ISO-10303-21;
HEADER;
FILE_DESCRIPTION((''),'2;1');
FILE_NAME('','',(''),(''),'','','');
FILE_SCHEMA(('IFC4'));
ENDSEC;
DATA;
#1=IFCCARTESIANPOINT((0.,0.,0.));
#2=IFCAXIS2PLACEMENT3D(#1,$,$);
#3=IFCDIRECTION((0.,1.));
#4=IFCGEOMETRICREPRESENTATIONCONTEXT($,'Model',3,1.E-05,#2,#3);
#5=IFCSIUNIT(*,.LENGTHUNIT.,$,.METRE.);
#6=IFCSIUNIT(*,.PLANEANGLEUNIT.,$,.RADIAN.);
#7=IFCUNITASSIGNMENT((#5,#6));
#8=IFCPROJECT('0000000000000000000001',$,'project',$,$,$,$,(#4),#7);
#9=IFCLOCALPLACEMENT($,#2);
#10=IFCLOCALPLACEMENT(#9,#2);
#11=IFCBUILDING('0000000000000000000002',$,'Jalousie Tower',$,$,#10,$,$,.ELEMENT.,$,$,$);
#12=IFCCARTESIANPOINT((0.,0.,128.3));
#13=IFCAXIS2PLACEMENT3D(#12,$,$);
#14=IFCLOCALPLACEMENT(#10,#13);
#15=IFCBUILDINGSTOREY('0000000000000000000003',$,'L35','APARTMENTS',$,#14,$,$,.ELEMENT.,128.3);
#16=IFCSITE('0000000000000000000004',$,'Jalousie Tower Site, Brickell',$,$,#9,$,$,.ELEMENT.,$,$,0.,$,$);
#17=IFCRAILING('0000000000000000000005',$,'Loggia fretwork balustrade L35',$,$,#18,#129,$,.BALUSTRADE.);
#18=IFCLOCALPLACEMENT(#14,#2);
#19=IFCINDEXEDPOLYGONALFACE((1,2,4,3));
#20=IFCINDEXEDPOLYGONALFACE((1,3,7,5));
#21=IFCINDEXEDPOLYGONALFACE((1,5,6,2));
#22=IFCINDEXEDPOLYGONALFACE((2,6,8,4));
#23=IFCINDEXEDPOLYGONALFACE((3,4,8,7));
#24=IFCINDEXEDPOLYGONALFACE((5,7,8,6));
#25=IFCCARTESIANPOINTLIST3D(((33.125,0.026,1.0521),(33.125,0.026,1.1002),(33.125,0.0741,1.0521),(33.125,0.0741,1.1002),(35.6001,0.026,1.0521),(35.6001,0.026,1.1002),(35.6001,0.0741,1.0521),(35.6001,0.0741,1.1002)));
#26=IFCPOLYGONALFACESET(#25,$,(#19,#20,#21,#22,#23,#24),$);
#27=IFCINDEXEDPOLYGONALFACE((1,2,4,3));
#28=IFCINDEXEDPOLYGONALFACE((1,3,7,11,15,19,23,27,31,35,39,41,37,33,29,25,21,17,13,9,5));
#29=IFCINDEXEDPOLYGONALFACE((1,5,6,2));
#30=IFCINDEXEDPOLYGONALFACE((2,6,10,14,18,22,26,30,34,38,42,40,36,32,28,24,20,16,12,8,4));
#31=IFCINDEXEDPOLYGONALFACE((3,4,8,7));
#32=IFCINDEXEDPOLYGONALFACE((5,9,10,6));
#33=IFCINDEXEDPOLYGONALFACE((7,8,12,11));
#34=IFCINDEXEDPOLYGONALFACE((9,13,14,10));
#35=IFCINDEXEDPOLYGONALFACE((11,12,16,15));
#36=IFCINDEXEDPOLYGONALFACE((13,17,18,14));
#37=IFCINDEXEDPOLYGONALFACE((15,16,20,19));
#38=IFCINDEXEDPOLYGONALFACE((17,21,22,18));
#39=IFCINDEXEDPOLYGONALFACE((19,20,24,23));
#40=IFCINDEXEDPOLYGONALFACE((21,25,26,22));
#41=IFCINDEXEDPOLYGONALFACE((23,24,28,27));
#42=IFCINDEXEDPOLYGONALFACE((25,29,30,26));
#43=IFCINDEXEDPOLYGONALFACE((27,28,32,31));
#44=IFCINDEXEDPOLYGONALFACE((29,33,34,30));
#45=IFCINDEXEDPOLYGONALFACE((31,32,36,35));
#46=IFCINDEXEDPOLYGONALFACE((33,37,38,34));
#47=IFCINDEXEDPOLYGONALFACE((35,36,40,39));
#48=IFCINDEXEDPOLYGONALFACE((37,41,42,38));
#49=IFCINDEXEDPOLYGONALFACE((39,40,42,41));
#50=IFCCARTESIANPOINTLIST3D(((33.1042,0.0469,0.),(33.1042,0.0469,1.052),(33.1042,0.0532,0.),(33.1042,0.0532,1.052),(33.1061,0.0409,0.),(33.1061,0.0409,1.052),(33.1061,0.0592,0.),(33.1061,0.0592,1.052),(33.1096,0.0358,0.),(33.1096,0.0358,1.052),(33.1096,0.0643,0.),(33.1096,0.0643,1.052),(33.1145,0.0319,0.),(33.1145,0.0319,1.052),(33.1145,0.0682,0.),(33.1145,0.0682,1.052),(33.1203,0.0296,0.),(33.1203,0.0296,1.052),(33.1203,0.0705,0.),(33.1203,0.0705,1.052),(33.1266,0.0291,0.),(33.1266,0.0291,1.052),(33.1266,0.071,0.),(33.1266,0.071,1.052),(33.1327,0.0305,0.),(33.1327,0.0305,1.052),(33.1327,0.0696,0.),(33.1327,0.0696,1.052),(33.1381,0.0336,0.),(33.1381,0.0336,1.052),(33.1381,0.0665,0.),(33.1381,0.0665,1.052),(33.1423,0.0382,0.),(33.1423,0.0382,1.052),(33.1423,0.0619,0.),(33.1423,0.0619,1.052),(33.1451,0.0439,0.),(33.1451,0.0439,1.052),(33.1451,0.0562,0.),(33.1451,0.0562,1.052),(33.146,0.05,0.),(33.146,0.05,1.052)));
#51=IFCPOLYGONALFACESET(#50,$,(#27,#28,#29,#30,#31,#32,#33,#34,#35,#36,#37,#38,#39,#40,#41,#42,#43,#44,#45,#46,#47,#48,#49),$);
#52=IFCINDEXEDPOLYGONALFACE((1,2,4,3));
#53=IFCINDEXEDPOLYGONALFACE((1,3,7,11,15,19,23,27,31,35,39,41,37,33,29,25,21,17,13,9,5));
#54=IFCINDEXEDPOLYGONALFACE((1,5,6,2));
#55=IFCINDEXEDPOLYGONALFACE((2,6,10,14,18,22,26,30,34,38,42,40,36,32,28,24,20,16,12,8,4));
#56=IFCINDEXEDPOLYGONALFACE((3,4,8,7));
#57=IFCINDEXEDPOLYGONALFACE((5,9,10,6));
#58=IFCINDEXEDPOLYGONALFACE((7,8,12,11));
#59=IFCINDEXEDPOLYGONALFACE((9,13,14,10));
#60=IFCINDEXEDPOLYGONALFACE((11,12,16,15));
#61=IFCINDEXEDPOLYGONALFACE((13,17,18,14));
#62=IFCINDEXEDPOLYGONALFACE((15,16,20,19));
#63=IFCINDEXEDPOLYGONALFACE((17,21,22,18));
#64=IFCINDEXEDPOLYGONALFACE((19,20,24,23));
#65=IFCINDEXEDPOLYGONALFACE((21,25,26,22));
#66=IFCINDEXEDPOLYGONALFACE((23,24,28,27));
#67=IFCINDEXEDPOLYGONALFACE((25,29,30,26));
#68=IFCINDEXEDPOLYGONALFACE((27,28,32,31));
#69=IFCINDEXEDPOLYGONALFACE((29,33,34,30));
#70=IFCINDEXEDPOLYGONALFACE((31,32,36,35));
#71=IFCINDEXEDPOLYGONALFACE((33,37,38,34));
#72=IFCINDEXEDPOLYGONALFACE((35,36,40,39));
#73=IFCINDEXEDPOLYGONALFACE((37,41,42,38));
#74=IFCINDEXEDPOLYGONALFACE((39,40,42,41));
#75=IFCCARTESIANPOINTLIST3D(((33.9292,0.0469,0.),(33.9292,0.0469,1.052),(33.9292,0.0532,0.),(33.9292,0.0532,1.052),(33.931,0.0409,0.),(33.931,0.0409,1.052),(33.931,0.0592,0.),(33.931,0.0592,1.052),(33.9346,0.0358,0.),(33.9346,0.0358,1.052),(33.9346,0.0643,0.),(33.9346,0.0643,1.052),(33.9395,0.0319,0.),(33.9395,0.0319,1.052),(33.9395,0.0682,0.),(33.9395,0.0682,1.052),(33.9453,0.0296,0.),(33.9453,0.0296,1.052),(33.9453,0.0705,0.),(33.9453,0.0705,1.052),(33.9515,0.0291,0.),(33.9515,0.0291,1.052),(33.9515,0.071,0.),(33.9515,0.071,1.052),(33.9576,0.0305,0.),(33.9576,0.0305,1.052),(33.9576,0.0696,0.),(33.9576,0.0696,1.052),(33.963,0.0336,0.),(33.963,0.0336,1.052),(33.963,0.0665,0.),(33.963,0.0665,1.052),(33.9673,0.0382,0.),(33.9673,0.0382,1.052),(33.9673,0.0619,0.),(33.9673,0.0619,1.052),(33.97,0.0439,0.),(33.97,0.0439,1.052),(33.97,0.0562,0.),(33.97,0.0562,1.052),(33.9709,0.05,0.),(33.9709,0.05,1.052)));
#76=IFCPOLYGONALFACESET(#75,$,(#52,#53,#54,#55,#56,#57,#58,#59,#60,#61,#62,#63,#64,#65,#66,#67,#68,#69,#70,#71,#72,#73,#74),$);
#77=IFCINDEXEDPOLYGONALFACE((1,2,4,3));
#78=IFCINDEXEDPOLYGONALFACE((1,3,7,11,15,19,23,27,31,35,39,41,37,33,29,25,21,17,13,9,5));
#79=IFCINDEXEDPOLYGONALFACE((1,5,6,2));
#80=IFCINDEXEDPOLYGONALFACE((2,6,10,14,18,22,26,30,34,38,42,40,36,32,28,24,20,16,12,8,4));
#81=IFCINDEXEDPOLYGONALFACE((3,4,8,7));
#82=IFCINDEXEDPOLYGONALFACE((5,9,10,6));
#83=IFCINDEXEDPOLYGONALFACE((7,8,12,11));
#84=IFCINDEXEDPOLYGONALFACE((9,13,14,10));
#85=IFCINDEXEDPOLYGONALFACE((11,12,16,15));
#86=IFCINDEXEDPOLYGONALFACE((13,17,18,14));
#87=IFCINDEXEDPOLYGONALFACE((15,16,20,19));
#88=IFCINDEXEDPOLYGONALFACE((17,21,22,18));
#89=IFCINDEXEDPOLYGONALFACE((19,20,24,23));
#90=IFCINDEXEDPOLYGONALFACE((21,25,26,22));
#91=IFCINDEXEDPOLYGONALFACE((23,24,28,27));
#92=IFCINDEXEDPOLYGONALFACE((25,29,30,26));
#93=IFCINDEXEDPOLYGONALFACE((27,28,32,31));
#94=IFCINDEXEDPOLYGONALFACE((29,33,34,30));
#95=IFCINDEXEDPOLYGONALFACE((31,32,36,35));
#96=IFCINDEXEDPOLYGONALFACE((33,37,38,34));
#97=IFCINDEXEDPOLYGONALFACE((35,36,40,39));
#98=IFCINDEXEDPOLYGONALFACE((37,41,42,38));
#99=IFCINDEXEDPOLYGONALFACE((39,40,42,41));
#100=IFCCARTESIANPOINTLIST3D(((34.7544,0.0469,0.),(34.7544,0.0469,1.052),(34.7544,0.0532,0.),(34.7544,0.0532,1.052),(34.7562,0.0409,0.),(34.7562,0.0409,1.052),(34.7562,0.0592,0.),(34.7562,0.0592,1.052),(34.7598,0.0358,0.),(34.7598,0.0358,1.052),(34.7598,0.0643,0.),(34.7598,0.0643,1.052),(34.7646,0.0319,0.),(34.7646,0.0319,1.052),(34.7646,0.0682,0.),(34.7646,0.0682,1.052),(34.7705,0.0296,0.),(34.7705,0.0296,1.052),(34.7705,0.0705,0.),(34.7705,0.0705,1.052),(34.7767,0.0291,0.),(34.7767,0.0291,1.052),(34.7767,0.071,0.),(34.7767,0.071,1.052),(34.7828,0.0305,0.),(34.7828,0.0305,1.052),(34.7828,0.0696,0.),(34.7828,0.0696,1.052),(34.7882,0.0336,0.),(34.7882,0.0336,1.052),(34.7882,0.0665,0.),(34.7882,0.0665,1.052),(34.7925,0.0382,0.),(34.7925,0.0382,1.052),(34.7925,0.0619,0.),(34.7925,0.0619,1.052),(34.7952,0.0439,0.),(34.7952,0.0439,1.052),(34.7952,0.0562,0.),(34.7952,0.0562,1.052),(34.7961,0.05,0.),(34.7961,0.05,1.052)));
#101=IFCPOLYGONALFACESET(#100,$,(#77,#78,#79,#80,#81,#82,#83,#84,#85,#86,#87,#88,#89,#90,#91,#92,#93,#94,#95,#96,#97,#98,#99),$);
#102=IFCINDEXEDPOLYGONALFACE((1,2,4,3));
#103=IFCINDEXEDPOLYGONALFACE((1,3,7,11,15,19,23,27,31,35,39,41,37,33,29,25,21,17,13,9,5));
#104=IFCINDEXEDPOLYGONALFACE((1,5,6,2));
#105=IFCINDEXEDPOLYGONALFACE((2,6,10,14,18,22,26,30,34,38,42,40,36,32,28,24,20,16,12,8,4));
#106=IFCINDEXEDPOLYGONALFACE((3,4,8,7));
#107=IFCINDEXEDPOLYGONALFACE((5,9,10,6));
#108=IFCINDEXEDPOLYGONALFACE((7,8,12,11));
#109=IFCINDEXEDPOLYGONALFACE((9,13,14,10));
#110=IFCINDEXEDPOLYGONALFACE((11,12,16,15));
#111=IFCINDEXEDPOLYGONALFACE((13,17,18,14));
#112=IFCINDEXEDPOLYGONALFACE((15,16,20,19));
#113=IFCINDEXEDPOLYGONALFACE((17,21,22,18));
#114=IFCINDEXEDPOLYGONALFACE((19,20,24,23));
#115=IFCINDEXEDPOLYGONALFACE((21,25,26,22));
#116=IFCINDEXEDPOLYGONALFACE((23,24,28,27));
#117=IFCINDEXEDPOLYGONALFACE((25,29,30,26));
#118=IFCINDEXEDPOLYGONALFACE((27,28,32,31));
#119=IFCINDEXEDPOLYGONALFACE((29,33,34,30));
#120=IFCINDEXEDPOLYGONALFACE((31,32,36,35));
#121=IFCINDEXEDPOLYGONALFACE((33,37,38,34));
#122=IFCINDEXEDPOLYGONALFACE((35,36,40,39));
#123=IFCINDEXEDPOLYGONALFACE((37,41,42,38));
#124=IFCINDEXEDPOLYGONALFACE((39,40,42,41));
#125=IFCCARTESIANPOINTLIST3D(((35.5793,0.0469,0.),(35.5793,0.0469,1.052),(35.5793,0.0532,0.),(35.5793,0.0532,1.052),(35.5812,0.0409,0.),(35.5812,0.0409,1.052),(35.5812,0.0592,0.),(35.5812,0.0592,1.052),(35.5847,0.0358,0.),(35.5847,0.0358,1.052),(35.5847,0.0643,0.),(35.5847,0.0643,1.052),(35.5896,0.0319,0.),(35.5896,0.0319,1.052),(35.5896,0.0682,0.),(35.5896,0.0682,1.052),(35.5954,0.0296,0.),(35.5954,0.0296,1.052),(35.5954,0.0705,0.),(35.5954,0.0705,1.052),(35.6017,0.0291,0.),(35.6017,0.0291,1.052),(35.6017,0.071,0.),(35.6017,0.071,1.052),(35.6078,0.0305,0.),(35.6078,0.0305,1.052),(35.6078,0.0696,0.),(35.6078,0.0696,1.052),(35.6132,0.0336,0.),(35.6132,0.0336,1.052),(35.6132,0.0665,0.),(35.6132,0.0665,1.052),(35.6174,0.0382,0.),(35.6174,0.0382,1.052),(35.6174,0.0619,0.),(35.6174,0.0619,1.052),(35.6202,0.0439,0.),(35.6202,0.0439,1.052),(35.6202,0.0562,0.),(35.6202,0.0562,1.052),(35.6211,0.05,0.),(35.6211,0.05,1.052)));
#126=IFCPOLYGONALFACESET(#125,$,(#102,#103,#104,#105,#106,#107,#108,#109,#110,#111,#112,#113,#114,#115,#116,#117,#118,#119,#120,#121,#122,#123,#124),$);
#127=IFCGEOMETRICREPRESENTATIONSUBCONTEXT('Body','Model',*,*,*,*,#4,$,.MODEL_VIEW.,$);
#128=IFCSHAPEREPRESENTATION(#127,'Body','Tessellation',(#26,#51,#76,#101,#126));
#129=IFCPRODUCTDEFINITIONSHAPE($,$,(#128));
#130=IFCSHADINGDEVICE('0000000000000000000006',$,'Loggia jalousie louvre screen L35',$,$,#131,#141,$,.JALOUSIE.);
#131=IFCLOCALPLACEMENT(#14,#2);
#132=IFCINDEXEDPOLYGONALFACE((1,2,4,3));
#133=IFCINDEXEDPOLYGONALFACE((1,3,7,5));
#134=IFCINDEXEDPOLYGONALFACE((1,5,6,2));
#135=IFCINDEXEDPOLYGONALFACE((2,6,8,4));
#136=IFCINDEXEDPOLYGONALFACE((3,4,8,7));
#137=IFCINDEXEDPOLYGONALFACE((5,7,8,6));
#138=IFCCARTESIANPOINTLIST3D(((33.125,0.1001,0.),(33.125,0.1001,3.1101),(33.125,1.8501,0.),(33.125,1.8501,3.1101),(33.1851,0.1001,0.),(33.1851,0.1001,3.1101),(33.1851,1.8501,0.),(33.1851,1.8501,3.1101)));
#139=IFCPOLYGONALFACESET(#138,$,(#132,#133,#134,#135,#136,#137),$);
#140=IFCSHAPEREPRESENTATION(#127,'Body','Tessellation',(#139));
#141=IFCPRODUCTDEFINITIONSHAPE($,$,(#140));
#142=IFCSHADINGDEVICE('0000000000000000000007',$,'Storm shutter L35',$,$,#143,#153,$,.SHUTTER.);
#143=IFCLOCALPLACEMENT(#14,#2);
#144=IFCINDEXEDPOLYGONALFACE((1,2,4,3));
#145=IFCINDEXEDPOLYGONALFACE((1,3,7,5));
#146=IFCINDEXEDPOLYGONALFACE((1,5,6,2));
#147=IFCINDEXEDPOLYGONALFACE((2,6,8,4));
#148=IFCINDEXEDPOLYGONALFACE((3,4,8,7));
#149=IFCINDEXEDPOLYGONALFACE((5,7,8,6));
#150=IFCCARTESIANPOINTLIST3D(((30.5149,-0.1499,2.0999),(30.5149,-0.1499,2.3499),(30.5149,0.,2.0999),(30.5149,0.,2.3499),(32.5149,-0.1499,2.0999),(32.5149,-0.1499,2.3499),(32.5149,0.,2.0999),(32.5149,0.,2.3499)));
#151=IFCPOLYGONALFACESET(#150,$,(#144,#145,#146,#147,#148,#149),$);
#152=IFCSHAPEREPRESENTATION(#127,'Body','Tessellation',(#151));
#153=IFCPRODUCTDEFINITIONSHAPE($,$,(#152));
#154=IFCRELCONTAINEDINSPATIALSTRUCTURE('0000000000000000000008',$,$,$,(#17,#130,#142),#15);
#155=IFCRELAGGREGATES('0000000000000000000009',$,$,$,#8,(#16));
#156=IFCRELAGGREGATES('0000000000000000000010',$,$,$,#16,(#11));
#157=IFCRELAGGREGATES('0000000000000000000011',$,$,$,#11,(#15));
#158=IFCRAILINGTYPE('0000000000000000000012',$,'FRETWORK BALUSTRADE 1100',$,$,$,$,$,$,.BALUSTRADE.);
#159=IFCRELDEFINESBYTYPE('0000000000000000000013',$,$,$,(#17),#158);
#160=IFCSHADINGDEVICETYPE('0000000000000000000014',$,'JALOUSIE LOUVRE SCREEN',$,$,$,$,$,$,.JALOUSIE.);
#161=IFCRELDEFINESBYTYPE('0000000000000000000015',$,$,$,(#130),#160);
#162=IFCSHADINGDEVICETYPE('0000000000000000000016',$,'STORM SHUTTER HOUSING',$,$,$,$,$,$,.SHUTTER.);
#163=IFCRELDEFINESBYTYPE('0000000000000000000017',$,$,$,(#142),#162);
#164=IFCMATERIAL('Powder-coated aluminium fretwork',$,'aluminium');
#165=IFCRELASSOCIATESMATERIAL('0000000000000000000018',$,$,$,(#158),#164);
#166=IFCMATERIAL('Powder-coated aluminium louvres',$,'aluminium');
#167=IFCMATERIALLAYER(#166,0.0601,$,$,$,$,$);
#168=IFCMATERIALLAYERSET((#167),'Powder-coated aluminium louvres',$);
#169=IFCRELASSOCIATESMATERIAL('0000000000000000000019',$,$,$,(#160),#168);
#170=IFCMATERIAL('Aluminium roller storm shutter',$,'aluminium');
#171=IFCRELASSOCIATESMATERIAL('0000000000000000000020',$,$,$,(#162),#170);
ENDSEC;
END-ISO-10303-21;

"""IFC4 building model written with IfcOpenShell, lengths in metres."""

from ifc_helpers import new_model, si_unit, direction, frame, origin, origin_2d, place, context, subcontext, project, spatial, rectangle, circle, extrude, material, layer, layer_set, type_object, element, save


model = new_model("IFC4")

# Units and contexts
model_context = context("Model", 3, precision=1e-05, world=origin(), true_north=direction((0.0, 1.0)))
body_context = subcontext(model_context, "Body", "Model", "MODEL_VIEW")
ifc_project = project(units=[si_unit("LENGTHUNIT", "METRE"), si_unit("PLANEANGLEUNIT", "RADIAN")], contexts=[model_context])

# Site, building, storey
site_placement = place(None, origin())
site = spatial("IfcSite", under=ifc_project, at=site_placement, Name="Jalousie Tower Site, Brickell", CompositionType="ELEMENT", RefElevation=0.0)
building_placement = place(site_placement, origin())
building = spatial("IfcBuilding", under=site, at=building_placement, Name="Jalousie Tower", CompositionType="ELEMENT")
storey_placement = place(building_placement, frame((0.0, 0.0, 128.3)))
storey = spatial("IfcBuildingStorey", under=building, at=storey_placement, Name="L35", Description="APARTMENTS", CompositionType="ELEMENT", Elevation=128.3)

# Railing
ifc_material_1 = material(Name="Powder-coated aluminium fretwork", Category="aluminium")
railing_type = type_object("IfcRailingType", Name="FRETWORK BALUSTRADE 1100", PredefinedType="BALUSTRADE", material=ifc_material_1)
railing_placement = place(storey_placement, frame((33.125, 0.05, 0.0)))
element("IfcRailing", 1, at=railing_placement, inside=storey, type_object=railing_type, Name="Loggia fretwork balustrade L35", PredefinedType="BALUSTRADE", context=body_context, shape_type="SweptSolid", body=[
    extrude(rectangle(XDim=0.0481, YDim=0.0481, at=origin_2d()), frame((0.0, 0.0, 1.0762), z_axis=(1.0, 0.0, 0.0), x_axis=(0.0, 1.0, 0.0)), (0.0, 0.0, 1.0), 2.4751),
    extrude(circle(Radius=0.021, at=origin_2d()), origin(), (0.0, 0.0, 1.0), 1.052),
    extrude(circle(Radius=0.021, at=origin_2d()), frame((0.825, 0.0, 0.0)), (0.0, 0.0, 1.0), 1.052),
    extrude(circle(Radius=0.021, at=origin_2d()), frame((1.6501, 0.0, 0.0)), (0.0, 0.0, 1.0), 1.052),
    extrude(circle(Radius=0.021, at=origin_2d()), frame((2.4751, 0.0, 0.0)), (0.0, 0.0, 1.0), 1.052),
])

# Shading devices
ifc_material_2 = material(Name="Powder-coated aluminium louvres", Category="aluminium")
ifc_layer_1 = layer(ifc_material_2, 0.0601)
ifc_layer_set_1 = layer_set([ifc_layer_1], Name="Powder-coated aluminium louvres")
shading_device_type_1 = type_object("IfcShadingDeviceType", Name="JALOUSIE LOUVRE SCREEN", PredefinedType="JALOUSIE", material=ifc_layer_set_1)
shading_device_1_placement = place(storey_placement, frame((33.155, 0.9751, 0.0), z_axis=(0.0, 0.0, 1.0), x_axis=(1.0, 0.0, 0.0)))
element("IfcShadingDevice", 2, at=shading_device_1_placement, inside=storey, type_object=shading_device_type_1, Name="Loggia jalousie louvre screen L35", PredefinedType="JALOUSIE", context=body_context, shape_type="SweptSolid", body=[
    extrude(rectangle(XDim=0.0601, YDim=1.75, at=origin_2d()), origin(), (0.0, 0.0, 1.0), 3.1101),
])
ifc_material_3 = material(Name="Aluminium roller storm shutter", Category="aluminium")
shading_device_type_2 = type_object("IfcShadingDeviceType", Name="STORM SHUTTER HOUSING", PredefinedType="SHUTTER", material=ifc_material_3)
shading_device_2_placement = place(storey_placement, frame((31.5149, -0.075, 2.0999), z_axis=(0.0, 0.0, 1.0), x_axis=(1.0, 0.0, 0.0)))
element("IfcShadingDevice", 3, at=shading_device_2_placement, inside=storey, type_object=shading_device_type_2, Name="Storm shutter L35", PredefinedType="SHUTTER", context=body_context, shape_type="SweptSolid", body=[
    extrude(rectangle(XDim=2.0, YDim=0.1499, at=origin_2d()), origin(), (0.0, 0.0, 1.0), 0.25),
])

save(model, "model.ifc")
